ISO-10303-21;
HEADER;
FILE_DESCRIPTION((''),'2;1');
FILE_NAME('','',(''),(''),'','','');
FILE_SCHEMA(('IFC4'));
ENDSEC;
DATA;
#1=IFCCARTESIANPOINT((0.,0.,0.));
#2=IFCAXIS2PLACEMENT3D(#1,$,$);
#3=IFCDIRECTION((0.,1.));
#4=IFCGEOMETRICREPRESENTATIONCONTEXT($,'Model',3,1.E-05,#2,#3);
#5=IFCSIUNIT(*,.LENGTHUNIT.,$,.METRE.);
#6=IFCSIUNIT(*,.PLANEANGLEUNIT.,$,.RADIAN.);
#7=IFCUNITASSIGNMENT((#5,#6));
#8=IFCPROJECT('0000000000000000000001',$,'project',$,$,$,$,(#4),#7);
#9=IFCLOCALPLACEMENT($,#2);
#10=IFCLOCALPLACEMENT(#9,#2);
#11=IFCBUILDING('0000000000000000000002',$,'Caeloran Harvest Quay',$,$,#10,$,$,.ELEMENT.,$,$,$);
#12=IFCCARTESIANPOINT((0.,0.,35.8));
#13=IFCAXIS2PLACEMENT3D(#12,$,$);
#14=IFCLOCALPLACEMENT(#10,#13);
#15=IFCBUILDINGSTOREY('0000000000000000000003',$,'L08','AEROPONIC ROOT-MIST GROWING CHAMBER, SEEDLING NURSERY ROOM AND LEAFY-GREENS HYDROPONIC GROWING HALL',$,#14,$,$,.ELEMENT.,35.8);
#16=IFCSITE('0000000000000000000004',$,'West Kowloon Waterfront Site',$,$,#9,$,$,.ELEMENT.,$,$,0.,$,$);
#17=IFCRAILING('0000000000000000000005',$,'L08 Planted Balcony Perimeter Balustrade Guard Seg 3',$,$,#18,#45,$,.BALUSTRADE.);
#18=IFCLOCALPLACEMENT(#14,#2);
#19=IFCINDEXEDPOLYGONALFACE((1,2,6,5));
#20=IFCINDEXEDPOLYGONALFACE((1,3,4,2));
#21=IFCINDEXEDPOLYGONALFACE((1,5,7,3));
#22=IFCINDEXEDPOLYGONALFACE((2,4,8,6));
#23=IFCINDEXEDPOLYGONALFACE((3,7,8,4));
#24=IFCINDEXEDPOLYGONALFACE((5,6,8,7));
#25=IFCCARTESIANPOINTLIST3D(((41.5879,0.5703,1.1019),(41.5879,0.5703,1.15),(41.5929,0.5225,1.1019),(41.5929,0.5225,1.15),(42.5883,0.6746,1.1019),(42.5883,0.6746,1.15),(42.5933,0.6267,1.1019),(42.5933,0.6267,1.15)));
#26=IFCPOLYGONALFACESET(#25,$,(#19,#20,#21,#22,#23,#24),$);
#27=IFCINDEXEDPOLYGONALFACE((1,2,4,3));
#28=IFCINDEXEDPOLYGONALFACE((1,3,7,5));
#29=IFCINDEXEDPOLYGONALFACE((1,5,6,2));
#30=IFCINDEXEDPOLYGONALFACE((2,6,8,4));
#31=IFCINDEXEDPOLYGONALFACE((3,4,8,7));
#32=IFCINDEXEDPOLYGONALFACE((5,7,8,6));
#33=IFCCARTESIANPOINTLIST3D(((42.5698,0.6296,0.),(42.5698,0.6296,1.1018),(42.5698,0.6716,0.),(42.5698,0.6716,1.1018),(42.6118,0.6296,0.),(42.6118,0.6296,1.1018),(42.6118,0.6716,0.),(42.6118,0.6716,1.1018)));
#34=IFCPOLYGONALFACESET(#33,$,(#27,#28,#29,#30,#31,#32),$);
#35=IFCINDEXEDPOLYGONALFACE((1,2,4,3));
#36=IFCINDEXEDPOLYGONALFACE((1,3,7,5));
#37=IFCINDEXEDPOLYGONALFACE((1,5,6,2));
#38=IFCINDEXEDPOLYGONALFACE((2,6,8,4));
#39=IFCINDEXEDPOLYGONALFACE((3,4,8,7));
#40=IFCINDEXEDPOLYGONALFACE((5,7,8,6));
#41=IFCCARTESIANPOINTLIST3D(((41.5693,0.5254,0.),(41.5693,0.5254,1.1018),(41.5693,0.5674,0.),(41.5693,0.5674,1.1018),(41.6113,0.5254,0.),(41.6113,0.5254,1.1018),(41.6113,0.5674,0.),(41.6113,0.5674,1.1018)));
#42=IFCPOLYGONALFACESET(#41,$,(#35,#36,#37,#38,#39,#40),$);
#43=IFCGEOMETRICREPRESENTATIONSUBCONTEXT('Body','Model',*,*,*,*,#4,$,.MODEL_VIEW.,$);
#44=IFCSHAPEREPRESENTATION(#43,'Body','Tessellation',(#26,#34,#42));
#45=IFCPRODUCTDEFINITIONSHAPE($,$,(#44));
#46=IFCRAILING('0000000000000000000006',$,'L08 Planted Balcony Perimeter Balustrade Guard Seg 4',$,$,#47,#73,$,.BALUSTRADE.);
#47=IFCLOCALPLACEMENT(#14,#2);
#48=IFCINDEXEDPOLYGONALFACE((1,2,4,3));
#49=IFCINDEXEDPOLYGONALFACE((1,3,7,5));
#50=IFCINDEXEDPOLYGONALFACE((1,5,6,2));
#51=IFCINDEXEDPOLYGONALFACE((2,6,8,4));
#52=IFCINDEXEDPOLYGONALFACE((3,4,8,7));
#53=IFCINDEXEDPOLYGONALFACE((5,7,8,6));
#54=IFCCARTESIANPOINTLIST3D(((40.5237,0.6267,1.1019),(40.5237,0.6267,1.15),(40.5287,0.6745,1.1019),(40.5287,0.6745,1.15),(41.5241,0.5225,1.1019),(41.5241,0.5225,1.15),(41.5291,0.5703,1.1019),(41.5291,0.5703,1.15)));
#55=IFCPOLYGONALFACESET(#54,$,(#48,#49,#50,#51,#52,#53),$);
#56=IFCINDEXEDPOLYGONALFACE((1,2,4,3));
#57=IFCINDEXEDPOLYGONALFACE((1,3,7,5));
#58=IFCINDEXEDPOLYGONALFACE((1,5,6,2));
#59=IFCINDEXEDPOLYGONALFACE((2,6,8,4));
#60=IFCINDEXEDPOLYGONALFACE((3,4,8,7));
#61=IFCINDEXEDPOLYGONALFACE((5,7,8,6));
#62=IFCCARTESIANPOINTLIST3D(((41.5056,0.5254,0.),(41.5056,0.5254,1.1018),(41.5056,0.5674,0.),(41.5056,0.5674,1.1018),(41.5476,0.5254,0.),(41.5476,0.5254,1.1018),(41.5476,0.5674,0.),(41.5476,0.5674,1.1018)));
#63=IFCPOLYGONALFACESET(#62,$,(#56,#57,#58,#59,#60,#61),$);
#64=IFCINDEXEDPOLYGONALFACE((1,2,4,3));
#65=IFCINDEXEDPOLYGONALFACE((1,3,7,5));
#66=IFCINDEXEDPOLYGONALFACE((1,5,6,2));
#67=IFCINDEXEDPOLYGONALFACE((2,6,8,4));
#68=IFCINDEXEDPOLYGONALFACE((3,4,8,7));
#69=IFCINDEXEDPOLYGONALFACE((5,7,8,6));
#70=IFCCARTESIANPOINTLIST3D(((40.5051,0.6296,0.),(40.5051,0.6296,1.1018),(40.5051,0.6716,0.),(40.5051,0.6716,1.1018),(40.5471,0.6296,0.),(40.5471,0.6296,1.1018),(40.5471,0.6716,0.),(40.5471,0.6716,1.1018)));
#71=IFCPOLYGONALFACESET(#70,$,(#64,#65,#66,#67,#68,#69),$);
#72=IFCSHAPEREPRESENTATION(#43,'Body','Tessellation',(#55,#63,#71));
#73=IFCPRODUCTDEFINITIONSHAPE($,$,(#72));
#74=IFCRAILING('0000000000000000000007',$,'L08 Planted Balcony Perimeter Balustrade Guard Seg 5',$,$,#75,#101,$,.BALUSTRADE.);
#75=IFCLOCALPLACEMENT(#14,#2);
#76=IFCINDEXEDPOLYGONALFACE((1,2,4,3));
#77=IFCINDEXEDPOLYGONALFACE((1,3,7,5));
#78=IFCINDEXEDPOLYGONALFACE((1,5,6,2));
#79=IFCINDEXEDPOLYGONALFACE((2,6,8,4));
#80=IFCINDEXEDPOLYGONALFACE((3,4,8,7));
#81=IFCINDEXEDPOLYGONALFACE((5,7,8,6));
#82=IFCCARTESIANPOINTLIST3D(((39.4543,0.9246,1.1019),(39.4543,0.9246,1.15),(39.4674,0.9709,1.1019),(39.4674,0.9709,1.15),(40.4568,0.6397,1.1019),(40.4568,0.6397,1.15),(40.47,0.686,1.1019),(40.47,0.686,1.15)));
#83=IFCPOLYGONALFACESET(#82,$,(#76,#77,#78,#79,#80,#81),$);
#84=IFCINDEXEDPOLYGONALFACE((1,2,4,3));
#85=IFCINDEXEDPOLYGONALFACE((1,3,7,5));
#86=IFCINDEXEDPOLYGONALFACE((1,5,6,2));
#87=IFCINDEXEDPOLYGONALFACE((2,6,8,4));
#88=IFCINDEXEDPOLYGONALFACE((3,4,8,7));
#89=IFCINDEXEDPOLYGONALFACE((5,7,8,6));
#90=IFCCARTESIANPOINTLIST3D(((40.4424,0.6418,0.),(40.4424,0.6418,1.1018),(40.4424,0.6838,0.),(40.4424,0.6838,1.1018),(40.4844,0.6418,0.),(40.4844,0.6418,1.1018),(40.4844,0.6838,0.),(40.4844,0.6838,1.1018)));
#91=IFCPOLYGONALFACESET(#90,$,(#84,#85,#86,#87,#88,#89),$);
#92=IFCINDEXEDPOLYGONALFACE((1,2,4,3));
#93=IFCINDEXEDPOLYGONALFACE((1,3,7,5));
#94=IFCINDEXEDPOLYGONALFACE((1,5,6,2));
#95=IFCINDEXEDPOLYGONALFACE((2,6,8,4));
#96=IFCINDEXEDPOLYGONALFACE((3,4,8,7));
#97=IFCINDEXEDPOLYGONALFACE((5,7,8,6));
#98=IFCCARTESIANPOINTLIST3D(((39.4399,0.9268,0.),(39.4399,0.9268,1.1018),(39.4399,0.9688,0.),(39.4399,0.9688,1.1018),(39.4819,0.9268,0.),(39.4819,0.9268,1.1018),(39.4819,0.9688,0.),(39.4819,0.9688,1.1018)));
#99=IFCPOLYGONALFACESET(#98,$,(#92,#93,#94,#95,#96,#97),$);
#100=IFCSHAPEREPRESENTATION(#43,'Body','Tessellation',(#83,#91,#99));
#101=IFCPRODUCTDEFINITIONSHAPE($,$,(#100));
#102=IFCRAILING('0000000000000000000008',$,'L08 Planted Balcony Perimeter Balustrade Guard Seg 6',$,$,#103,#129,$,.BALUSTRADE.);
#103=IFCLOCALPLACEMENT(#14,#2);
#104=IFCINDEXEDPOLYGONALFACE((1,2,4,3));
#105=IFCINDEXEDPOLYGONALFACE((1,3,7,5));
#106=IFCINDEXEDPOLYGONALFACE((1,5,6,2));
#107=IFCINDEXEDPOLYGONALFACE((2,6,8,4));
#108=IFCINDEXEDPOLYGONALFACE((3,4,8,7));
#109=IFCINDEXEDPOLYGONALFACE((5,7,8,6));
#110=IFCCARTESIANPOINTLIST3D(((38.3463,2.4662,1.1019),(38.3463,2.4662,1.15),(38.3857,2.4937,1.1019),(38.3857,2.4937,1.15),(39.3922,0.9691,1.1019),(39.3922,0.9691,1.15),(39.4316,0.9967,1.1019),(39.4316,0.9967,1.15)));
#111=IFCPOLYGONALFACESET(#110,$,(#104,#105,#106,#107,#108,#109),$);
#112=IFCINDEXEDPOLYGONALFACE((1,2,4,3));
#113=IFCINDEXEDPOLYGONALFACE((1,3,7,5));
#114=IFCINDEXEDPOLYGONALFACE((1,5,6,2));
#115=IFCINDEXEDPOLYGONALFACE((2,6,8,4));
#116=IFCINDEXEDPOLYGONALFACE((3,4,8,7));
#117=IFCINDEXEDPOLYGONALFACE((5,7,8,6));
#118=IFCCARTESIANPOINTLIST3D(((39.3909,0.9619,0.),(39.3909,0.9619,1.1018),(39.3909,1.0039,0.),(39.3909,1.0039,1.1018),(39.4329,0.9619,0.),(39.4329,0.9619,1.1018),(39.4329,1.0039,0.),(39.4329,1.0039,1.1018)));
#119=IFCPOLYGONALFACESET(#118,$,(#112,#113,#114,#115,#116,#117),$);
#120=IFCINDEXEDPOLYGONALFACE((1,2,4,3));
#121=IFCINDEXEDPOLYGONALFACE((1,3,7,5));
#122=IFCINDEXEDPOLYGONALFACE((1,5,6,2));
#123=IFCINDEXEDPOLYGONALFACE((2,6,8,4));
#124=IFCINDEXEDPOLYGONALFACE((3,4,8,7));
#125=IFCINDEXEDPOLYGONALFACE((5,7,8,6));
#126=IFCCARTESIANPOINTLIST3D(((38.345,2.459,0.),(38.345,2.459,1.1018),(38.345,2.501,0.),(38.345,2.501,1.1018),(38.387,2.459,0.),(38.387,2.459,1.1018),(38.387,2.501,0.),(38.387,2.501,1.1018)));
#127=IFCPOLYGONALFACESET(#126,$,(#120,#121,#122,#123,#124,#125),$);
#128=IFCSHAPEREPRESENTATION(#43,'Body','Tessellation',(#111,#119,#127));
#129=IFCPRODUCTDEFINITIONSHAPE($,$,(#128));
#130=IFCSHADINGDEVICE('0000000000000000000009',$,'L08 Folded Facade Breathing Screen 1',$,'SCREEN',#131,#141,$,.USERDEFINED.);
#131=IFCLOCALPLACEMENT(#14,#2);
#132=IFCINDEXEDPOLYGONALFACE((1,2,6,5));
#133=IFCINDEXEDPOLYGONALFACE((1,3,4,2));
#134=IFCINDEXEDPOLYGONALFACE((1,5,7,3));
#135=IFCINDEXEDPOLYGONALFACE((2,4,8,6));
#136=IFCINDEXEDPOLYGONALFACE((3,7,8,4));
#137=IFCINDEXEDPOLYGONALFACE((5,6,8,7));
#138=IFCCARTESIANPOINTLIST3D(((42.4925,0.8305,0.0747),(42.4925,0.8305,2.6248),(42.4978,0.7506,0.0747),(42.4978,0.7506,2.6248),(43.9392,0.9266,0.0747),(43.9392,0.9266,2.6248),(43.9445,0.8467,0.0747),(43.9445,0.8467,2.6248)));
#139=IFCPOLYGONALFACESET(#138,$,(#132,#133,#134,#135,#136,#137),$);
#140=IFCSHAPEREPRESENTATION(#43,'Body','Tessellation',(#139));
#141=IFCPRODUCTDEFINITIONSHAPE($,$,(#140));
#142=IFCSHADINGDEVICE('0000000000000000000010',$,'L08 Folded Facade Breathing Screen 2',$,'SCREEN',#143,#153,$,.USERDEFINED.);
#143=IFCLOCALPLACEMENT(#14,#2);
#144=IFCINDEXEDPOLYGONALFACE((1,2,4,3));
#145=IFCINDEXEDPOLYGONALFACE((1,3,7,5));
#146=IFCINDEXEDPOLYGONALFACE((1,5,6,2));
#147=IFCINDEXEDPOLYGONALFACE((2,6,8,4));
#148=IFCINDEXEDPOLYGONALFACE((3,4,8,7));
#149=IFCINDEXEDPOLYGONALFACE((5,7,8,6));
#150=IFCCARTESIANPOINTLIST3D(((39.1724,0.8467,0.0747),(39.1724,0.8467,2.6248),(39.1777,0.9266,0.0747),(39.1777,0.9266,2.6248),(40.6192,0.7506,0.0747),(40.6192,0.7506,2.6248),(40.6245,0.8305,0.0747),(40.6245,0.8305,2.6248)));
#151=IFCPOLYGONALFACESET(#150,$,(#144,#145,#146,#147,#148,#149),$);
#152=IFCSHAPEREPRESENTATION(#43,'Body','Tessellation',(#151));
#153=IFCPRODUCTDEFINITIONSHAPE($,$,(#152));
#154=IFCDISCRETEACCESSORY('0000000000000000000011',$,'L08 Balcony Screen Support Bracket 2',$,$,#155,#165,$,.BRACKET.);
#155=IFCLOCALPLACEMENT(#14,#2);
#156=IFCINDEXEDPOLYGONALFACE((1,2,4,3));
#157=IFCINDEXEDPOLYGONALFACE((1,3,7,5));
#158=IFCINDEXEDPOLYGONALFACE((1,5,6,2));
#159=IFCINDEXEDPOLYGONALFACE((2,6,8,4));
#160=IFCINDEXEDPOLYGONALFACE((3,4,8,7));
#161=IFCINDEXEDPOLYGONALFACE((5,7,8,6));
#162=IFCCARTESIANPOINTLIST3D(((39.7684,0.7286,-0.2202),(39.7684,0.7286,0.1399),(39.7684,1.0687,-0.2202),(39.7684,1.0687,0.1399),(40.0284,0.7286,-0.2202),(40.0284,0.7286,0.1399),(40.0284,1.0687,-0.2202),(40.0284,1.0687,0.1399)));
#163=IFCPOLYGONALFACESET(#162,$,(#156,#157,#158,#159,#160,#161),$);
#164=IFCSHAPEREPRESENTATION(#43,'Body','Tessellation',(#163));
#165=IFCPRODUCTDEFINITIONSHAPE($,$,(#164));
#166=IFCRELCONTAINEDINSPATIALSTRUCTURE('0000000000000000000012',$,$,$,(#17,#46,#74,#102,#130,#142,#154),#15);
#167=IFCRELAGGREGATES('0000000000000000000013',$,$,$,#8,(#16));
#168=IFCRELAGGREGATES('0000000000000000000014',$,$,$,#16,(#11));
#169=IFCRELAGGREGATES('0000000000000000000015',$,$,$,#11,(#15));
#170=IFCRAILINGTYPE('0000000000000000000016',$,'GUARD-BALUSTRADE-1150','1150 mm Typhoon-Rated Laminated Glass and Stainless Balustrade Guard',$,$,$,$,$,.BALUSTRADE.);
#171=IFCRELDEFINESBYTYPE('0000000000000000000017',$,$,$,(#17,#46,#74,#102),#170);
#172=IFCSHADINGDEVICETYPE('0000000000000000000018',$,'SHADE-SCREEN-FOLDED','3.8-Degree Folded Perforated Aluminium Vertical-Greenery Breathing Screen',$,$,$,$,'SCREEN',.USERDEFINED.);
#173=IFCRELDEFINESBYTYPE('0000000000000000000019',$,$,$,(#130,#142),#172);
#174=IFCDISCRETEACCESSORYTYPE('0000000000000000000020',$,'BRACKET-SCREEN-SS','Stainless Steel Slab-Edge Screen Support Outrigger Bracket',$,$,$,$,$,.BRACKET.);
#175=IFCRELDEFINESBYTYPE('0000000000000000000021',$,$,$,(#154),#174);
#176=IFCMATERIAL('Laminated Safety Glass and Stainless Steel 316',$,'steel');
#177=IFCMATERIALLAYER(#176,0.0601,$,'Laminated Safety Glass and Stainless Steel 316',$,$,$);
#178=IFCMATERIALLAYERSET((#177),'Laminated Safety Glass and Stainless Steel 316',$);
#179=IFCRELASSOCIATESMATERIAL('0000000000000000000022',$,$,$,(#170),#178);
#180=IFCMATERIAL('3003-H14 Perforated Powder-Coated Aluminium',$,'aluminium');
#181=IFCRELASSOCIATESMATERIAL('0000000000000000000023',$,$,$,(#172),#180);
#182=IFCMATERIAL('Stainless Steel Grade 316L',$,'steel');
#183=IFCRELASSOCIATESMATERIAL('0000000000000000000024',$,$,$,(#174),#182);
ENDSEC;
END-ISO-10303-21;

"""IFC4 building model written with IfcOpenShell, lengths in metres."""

from ifc_helpers import new_model, si_unit, direction, frame, origin, origin_2d, place, context, subcontext, project, spatial, rectangle, extrude, material, layer, layer_set, type_object, element, save


model = new_model("IFC4")

# Units and contexts
model_context = context("Model", 3, precision=1e-05, world=origin(), true_north=direction((0.0, 1.0)))
body_context = subcontext(model_context, "Body", "Model", "MODEL_VIEW")
ifc_project = project(units=[si_unit("LENGTHUNIT", "METRE"), si_unit("PLANEANGLEUNIT", "RADIAN")], contexts=[model_context])

# Site, building, storey
site_placement = place(None, origin())
site = spatial("IfcSite", under=ifc_project, at=site_placement, Name="West Kowloon Waterfront Site", CompositionType="ELEMENT", RefElevation=0.0)
building_placement = place(site_placement, origin())
building = spatial("IfcBuilding", under=site, at=building_placement, Name="Caeloran Harvest Quay", CompositionType="ELEMENT")
storey_placement = place(building_placement, frame((0.0, 0.0, 35.8)))
storey = spatial("IfcBuildingStorey", under=building, at=storey_placement, Name="L08", Description="AEROPONIC ROOT-MIST GROWING CHAMBER, SEEDLING NURSERY ROOM AND LEAFY-GREENS HYDROPONIC GROWING HALL", CompositionType="ELEMENT", Elevation=35.8)

# Railings
ifc_material_1 = material(Name="Laminated Safety Glass and Stainless Steel 316", Category="steel")
ifc_layer_1 = layer(ifc_material_1, 0.0601, Name="Laminated Safety Glass and Stainless Steel 316")
ifc_layer_set_1 = layer_set([ifc_layer_1], Name="Laminated Safety Glass and Stainless Steel 316")
railing_type = type_object("IfcRailingType", Name="GUARD-BALUSTRADE-1150", Description="1150 mm Typhoon-Rated Laminated Glass and Stainless Balustrade Guard", PredefinedType="BALUSTRADE", material=ifc_layer_set_1)
railing_1_placement = place(storey_placement, frame((42.5908, 0.6506, 0.0)))
element("IfcRailing", 1, at=railing_1_placement, inside=storey, type_object=railing_type, Name="L08 Planted Balcony Perimeter Balustrade Guard Seg 3", PredefinedType="BALUSTRADE", context=body_context, shape_type="SweptSolid", body=[
    extrude(rectangle(XDim=0.0481, YDim=0.0481, at=origin_2d()), frame((0.0, 0.0, 1.126), z_axis=(-0.994615, -0.103636, 0.0), x_axis=(0.103636, -0.994615, 0.0)), (0.0, 0.0, 1.0), 1.0059),
    extrude(rectangle(XDim=0.042, YDim=0.042, at=origin_2d()), origin(), (0.0, 0.0, 1.0), 1.1018),
    extrude(rectangle(XDim=0.042, YDim=0.042, at=origin_2d()), frame((-1.0005, -0.1042, 0.0)), (0.0, 0.0, 1.0), 1.1018),
])
railing_2_placement = place(storey_placement, frame((41.5266, 0.5464, 0.0)))
element("IfcRailing", 2, at=railing_2_placement, inside=storey, type_object=railing_type, Name="L08 Planted Balcony Perimeter Balustrade Guard Seg 4", PredefinedType="BALUSTRADE", context=body_context, shape_type="SweptSolid", body=[
    extrude(rectangle(XDim=0.0481, YDim=0.0481, at=origin_2d()), frame((0.0, 0.0, 1.126), z_axis=(-0.994615, 0.103636, 0.0), x_axis=(-0.103636, -0.994615, 0.0)), (0.0, 0.0, 1.0), 1.0059),
    extrude(rectangle(XDim=0.042, YDim=0.042, at=origin_2d()), origin(), (0.0, 0.0, 1.0), 1.1018),
    extrude(rectangle(XDim=0.042, YDim=0.042, at=origin_2d()), frame((-1.0005, 0.1042, 0.0)), (0.0, 0.0, 1.0), 1.1018),
])
railing_3_placement = place(storey_placement, frame((40.4634, 0.6628, 0.0)))
element("IfcRailing", 3, at=railing_3_placement, inside=storey, type_object=railing_type, Name="L08 Planted Balcony Perimeter Balustrade Guard Seg 5", PredefinedType="BALUSTRADE", context=body_context, shape_type="SweptSolid", body=[
    extrude(rectangle(XDim=0.0481, YDim=0.0481, at=origin_2d()), frame((0.0, 0.0, 1.126), z_axis=(-0.961903, 0.27339, 0.0), x_axis=(-0.27339, -0.961903, 0.0)), (0.0, 0.0, 1.0), 1.0422),
    extrude(rectangle(XDim=0.042, YDim=0.042, at=origin_2d()), origin(), (0.0, 0.0, 1.0), 1.1018),
    extrude(rectangle(XDim=0.042, YDim=0.042, at=origin_2d()), frame((-1.0024, 0.2849, 0.0)), (0.0, 0.0, 1.0), 1.1018),
])
railing_4_placement = place(storey_placement, frame((39.4119, 0.9829, 0.0)))
element("IfcRailing", 4, at=railing_4_placement, inside=storey, type_object=railing_type, Name="L08 Planted Balcony Perimeter Balustrade Guard Seg 6", PredefinedType="BALUSTRADE", context=body_context, shape_type="SweptSolid", body=[
    extrude(rectangle(XDim=0.0481, YDim=0.0481, at=origin_2d()), frame((0.0, 0.0, 1.126), z_axis=(-0.572708, 0.819759, 0.0), x_axis=(-0.819759, -0.572708, 0.0)), (0.0, 0.0, 1.0), 1.8262),
    extrude(rectangle(XDim=0.042, YDim=0.042, at=origin_2d()), origin(), (0.0, 0.0, 1.0), 1.1018),
    extrude(rectangle(XDim=0.042, YDim=0.042, at=origin_2d()), frame((-1.0459, 1.4971, 0.0)), (0.0, 0.0, 1.0), 1.1018),
])

# Shading devices
ifc_material_2 = material(Name="3003-H14 Perforated Powder-Coated Aluminium", Category="aluminium")
shading_device_type = type_object("IfcShadingDeviceType", Name="SHADE-SCREEN-FOLDED", Description="3.8-Degree Folded Perforated Aluminium Vertical-Greenery Breathing Screen", ElementType="SCREEN", PredefinedType="USERDEFINED", material=ifc_material_2)
for number, where, z_axis, x_axis, name in (
    (5, (43.2185, 0.8386, 0.0747), (0.0, 0.0, 1.0), (0.997801, 0.066274, 0.0), "L08 Folded Facade Breathing Screen 1"),
    (6, (39.8984, 0.8386, 0.0747), (0.0, 0.0, 1.0), (0.997801, -0.066274, 0.0), "L08 Folded Facade Breathing Screen 2"),
):
    element("IfcShadingDevice", number, at=place(storey_placement, frame(where, z_axis=z_axis, x_axis=x_axis)), inside=storey, type_object=shading_device_type, Name=name, ObjectType="SCREEN", PredefinedType="USERDEFINED", context=body_context, shape_type="SweptSolid", body=[
        extrude(rectangle(XDim=1.45, YDim=0.0801, at=origin_2d()), origin(), (0.0, 0.0, 1.0), 2.55),
    ])

# Discrete accessory
ifc_material_3 = material(Name="Stainless Steel Grade 316L", Category="steel")
discrete_accessory_type = type_object("IfcDiscreteAccessoryType", Name="BRACKET-SCREEN-SS", Description="Stainless Steel Slab-Edge Screen Support Outrigger Bracket", PredefinedType="BRACKET", material=ifc_material_3)
discrete_accessory_placement = place(storey_placement, frame((39.8984, 0.8987, -0.2202), z_axis=(0.0, 0.0, 1.0), x_axis=(1.0, 0.0, 0.0)))
element("IfcDiscreteAccessory", 7, at=discrete_accessory_placement, inside=storey, type_object=discrete_accessory_type, Name="L08 Balcony Screen Support Bracket 2", PredefinedType="BRACKET", context=body_context, shape_type="SweptSolid", body=[
    extrude(rectangle(XDim=0.26, YDim=0.3401, at=origin_2d()), origin(), (0.0, 0.0, 1.0), 0.3601),
])

save(model, "model.ifc")
